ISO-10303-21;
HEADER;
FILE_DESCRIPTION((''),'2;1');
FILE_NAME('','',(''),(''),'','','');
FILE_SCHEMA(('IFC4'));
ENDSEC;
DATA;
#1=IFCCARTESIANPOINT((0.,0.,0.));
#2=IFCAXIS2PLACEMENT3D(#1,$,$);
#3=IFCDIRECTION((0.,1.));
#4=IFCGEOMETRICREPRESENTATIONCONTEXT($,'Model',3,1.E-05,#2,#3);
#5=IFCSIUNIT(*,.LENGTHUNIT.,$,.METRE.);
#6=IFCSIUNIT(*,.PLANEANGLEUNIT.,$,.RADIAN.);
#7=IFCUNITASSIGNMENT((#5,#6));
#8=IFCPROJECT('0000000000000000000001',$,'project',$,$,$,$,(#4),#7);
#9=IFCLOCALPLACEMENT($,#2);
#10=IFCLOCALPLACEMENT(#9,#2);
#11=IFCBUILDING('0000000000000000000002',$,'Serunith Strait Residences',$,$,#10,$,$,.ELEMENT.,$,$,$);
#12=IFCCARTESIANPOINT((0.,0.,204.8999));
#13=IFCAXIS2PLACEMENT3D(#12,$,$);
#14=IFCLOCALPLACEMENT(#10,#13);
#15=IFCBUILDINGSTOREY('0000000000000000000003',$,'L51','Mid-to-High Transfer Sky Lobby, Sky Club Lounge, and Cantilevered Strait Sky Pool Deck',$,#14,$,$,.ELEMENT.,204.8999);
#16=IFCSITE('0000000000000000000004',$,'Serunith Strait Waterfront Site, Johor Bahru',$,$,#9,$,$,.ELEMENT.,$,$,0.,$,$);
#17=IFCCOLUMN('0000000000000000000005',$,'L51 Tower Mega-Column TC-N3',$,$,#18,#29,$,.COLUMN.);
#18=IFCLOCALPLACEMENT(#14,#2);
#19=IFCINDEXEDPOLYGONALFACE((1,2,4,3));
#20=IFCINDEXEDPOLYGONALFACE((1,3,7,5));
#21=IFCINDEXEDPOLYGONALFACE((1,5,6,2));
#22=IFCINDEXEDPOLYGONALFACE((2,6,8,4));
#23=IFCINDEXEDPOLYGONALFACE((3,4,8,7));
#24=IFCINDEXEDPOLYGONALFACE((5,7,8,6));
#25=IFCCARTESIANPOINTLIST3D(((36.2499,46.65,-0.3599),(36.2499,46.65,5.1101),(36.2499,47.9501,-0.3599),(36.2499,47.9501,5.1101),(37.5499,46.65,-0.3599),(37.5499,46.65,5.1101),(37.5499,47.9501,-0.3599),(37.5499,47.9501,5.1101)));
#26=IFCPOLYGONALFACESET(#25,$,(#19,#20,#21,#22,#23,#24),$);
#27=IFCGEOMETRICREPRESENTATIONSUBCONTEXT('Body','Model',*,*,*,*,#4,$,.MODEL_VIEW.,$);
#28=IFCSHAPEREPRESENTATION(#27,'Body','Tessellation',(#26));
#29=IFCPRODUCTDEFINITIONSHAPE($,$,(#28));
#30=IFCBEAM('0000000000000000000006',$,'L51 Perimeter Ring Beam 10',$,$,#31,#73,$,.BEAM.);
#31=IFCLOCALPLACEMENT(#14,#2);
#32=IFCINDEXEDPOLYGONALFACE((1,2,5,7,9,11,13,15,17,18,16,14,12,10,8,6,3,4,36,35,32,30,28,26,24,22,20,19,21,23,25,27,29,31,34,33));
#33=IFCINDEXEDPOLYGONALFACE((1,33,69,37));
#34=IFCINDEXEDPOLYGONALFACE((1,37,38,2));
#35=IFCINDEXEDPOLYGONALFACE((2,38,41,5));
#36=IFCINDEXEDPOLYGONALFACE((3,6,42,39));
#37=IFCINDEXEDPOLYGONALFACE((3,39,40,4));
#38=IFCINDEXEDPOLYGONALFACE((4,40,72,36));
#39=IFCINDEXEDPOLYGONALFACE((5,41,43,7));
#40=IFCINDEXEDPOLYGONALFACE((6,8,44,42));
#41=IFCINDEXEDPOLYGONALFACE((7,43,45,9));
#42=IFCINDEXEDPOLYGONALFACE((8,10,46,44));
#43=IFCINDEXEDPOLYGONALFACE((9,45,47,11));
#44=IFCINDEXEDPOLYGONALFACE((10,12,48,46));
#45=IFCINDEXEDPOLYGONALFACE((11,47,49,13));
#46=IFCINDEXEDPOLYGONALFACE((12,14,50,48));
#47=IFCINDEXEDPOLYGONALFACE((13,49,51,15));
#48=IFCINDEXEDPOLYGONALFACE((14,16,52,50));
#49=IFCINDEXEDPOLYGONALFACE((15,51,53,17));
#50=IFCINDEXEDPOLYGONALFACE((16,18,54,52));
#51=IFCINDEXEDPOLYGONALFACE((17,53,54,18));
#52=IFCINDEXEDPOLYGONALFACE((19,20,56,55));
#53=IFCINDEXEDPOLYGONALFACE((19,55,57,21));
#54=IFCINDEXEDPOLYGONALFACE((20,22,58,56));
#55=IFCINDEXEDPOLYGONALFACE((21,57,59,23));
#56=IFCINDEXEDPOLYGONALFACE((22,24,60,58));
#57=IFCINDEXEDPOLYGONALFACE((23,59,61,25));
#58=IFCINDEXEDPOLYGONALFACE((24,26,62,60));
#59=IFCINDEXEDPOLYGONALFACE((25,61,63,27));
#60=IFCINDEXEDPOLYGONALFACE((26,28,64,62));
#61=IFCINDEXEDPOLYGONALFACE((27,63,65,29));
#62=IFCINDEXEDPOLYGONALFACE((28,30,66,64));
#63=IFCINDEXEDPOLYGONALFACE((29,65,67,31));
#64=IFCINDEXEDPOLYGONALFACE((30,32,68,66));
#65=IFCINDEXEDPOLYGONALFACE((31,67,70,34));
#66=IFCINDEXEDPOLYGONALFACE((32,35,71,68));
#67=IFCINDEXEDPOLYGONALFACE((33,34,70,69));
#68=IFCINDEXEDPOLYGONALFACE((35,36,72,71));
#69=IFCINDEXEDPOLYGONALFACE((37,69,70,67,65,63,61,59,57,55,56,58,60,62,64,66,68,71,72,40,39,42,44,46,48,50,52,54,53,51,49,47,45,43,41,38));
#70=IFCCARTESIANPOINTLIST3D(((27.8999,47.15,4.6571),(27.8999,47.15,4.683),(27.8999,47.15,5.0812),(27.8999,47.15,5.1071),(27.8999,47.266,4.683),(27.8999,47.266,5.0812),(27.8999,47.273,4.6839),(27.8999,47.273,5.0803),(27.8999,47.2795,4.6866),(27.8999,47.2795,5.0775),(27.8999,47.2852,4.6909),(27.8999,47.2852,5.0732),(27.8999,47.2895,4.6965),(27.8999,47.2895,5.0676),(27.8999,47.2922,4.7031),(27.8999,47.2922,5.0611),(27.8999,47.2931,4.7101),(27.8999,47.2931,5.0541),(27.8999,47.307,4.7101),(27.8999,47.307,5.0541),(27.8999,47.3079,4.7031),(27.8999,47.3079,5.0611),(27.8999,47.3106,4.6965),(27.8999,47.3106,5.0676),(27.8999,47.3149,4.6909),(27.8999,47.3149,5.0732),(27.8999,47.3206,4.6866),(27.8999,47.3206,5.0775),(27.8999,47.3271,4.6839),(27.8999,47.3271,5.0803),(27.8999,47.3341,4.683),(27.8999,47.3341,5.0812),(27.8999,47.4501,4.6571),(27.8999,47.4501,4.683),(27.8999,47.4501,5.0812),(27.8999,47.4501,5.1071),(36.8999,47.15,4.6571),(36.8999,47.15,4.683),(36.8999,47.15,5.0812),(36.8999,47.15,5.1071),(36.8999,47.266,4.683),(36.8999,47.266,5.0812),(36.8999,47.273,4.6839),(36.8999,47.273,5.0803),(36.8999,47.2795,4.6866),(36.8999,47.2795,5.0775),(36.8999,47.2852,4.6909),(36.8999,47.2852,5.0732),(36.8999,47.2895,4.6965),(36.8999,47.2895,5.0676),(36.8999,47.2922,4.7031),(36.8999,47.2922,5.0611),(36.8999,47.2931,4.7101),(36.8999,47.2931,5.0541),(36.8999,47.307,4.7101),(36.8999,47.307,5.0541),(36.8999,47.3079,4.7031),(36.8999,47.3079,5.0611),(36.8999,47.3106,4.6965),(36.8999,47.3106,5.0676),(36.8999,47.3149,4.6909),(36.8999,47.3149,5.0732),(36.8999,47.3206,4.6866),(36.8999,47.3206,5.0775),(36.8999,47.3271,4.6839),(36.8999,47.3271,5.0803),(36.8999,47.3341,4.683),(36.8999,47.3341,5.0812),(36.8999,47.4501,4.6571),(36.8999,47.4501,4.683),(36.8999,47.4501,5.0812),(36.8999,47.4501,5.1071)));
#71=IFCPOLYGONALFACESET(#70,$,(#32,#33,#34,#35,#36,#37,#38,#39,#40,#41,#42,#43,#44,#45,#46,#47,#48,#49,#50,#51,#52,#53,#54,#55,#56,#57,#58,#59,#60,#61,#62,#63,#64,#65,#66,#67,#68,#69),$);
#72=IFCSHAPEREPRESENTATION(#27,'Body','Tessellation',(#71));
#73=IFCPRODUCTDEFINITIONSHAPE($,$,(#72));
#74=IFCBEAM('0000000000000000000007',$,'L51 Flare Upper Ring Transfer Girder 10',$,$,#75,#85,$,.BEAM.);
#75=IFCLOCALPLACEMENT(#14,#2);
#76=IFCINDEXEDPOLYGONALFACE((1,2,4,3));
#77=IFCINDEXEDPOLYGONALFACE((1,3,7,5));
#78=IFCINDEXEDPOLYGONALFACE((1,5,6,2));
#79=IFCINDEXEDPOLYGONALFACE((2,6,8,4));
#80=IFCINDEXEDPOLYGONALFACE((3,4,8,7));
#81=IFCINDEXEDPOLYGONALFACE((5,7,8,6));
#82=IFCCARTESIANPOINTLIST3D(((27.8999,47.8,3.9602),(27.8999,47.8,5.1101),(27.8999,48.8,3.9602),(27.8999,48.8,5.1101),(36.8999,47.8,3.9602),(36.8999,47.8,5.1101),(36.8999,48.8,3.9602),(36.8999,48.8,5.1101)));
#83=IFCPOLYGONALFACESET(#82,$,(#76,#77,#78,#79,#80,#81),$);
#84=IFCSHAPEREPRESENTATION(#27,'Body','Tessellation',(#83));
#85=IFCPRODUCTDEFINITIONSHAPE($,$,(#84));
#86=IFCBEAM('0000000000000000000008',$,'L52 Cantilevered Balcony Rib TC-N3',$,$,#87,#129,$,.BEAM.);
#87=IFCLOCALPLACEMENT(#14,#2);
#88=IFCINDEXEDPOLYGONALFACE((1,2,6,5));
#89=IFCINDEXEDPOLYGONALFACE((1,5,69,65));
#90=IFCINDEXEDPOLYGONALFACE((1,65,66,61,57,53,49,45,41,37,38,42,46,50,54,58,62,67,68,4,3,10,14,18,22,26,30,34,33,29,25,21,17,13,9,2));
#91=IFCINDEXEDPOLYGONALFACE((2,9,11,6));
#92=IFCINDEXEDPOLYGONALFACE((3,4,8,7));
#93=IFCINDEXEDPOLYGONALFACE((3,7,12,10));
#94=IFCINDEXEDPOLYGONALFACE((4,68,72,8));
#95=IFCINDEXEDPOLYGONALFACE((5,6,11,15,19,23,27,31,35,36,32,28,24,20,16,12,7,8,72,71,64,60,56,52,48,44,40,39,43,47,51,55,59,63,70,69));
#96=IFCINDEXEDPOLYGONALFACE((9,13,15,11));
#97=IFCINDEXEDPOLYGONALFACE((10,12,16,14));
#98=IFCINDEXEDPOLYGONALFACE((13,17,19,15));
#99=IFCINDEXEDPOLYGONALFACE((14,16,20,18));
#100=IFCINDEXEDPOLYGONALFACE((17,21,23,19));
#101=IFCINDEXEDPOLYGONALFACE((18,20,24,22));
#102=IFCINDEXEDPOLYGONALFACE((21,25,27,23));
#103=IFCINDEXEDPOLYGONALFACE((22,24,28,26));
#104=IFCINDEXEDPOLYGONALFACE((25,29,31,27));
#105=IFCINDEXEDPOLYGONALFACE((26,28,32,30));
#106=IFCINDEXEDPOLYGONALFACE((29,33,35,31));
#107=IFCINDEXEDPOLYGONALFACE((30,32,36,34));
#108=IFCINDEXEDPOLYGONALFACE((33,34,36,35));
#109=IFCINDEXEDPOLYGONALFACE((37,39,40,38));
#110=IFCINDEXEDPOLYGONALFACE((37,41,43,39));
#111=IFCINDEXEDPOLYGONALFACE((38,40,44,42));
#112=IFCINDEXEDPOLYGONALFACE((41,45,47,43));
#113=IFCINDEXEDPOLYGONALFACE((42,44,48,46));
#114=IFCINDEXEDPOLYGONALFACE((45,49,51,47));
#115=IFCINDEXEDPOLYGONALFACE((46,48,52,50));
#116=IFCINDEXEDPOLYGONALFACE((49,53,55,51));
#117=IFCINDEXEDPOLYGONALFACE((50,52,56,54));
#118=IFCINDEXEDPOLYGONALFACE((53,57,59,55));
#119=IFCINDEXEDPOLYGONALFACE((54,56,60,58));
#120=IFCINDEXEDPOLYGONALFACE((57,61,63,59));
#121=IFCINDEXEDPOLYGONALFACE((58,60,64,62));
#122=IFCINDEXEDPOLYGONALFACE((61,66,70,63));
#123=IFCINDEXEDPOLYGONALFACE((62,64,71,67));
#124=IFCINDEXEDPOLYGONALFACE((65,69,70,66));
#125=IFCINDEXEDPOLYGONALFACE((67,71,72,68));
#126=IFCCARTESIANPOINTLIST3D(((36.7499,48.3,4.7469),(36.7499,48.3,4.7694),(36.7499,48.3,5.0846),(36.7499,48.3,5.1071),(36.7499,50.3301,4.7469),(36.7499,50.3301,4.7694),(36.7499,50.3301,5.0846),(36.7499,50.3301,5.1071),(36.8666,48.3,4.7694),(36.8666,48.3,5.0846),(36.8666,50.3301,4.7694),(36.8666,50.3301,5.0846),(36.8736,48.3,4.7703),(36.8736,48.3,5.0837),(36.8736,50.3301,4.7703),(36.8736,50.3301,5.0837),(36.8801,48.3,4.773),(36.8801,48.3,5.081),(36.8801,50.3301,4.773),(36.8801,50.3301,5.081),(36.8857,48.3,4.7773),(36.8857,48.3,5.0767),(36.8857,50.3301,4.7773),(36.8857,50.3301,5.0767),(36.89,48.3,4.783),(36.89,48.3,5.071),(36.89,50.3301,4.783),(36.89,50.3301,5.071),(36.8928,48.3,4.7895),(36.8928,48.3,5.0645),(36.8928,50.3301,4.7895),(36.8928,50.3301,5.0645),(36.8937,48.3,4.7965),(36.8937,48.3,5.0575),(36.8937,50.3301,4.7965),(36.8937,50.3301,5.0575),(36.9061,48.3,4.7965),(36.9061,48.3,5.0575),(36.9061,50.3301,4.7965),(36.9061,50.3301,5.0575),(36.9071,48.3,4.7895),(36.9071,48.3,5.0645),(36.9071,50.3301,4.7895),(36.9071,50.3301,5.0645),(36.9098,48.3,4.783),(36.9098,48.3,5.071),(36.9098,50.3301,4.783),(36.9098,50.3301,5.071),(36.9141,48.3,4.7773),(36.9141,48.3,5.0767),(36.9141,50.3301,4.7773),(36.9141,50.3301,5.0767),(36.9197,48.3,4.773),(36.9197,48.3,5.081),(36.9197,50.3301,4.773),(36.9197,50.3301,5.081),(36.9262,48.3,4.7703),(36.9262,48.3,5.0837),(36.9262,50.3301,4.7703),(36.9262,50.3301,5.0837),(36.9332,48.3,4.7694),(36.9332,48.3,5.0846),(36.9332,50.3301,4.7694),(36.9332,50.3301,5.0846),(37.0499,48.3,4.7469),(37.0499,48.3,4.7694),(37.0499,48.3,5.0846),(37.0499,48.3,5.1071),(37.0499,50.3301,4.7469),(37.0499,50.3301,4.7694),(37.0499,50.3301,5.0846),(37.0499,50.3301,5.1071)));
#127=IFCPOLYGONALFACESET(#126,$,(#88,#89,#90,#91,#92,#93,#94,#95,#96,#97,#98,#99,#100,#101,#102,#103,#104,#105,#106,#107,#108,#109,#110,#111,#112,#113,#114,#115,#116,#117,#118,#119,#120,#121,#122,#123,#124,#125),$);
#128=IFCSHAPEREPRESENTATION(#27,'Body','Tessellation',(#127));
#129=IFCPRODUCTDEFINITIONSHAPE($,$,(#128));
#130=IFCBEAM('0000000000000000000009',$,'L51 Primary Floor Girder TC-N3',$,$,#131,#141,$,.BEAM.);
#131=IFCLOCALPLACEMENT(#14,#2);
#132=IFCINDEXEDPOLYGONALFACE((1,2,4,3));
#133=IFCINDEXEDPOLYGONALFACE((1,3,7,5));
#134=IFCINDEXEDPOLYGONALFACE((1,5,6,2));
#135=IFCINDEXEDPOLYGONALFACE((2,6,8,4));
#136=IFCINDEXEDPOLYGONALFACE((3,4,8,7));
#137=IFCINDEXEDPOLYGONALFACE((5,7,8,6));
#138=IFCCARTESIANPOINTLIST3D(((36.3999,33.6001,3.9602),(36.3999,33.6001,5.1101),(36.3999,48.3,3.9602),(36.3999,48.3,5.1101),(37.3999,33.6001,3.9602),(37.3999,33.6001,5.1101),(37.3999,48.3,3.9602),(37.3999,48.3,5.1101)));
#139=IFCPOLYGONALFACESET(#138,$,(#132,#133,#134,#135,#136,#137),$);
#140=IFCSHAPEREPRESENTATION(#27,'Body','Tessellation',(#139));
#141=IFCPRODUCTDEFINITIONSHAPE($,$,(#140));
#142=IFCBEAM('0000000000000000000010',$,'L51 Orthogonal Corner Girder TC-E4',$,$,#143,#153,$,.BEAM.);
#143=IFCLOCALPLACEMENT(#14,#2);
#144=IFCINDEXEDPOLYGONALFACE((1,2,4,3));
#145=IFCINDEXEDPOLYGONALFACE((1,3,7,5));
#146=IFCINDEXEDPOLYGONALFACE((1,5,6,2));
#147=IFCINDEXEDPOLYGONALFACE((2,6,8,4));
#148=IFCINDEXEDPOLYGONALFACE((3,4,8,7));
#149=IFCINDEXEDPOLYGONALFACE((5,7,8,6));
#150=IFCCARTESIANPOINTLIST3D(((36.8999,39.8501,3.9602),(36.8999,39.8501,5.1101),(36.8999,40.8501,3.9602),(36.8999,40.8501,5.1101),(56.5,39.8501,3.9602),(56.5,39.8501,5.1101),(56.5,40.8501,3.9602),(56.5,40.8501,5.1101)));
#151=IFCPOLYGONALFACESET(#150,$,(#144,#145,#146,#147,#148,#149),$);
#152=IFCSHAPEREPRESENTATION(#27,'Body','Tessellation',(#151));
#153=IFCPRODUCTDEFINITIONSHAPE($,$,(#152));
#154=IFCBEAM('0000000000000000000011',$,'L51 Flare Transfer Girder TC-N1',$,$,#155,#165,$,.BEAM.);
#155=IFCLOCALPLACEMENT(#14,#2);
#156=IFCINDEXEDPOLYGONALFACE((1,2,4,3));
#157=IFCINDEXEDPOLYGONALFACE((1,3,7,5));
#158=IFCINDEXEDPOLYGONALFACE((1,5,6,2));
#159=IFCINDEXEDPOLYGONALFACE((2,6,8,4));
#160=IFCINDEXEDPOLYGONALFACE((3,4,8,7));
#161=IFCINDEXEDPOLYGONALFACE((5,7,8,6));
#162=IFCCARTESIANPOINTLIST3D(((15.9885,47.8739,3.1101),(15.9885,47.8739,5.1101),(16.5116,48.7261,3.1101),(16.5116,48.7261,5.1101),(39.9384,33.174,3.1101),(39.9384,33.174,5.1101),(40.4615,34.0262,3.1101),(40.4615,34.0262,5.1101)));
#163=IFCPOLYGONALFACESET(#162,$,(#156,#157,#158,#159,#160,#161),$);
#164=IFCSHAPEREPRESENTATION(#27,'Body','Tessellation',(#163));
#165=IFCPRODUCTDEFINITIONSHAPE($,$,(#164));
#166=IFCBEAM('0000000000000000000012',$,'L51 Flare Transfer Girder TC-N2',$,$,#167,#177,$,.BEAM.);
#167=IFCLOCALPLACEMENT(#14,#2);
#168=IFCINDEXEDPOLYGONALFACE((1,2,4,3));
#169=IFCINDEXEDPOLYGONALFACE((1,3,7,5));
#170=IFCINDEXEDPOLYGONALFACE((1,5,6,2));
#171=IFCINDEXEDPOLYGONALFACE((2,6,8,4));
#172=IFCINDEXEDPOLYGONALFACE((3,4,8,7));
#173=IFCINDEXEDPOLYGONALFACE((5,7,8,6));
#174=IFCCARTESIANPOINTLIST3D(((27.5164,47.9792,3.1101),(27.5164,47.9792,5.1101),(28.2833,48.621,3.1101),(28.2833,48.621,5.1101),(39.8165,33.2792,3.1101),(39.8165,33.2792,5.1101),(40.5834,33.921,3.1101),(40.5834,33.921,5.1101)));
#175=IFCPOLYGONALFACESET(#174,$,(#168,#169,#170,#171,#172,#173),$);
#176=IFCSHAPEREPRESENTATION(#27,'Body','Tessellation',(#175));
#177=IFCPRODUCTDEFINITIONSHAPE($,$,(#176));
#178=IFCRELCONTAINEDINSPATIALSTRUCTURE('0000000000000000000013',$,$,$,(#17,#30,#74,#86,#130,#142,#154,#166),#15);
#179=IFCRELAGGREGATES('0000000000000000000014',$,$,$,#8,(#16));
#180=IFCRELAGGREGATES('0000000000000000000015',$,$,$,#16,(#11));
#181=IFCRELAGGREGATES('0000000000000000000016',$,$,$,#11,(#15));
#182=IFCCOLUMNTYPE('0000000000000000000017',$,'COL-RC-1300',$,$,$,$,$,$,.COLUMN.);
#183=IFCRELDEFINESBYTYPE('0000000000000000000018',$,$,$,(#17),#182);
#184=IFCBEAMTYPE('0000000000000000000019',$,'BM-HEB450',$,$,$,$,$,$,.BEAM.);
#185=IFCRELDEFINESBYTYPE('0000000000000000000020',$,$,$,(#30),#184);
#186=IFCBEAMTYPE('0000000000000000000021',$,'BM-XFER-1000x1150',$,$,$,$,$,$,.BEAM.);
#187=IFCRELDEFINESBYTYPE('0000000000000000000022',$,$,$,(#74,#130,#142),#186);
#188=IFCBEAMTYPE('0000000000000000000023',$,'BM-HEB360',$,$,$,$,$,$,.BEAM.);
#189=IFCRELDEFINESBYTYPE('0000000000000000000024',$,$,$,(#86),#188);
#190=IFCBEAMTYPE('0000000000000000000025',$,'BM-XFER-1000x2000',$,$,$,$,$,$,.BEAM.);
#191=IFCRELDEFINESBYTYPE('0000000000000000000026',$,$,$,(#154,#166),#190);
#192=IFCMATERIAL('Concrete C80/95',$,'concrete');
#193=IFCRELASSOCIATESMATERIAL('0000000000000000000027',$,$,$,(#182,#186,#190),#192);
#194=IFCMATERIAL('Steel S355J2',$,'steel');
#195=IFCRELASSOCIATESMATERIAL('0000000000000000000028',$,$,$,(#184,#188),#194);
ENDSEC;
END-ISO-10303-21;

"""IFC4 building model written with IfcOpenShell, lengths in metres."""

from ifc_helpers import new_model, si_unit, direction, frame, origin, origin_2d, place, context, subcontext, project, spatial, rectangle, i_section, extrude, source, transform, mapped, material, material_profile, profile_set, type_object, element, save


model = new_model("IFC4")

# Units and contexts
model_context = context("Model", 3, precision=1e-05, world=origin(), true_north=direction((0.0, 1.0)))
body_context = subcontext(model_context, "Body", "Model", "MODEL_VIEW")
ifc_project = project(units=[si_unit("LENGTHUNIT", "METRE"), si_unit("PLANEANGLEUNIT", "RADIAN")], contexts=[model_context])

# Site, building, storey
site_placement = place(None, origin())
site = spatial("IfcSite", under=ifc_project, at=site_placement, Name="Serunith Strait Waterfront Site, Johor Bahru", CompositionType="ELEMENT", RefElevation=0.0)
building_placement = place(site_placement, origin())
building = spatial("IfcBuilding", under=site, at=building_placement, Name="Serunith Strait Residences", CompositionType="ELEMENT")
storey_placement = place(building_placement, frame((0.0, 0.0, 204.8999)))
storey = spatial("IfcBuildingStorey", under=building, at=storey_placement, Name="L51", Description="Mid-to-High Transfer Sky Lobby, Sky Club Lounge, and Cantilevered Strait Sky Pool Deck", CompositionType="ELEMENT", Elevation=204.8999)

# Column
ifc_material_1 = material(Name="Concrete C80/95", Category="concrete")
ifc_material_profile_1 = material_profile(ifc_material_1, rectangle(XDim=1.3, YDim=1.3, at=origin_2d()), Name="RC 1300x1300")
ifc_profile_set_1 = profile_set([ifc_material_profile_1], Name="Concrete C80/95")
column_type = type_object("IfcColumnType", Name="COL-RC-1300", PredefinedType="COLUMN", material=ifc_profile_set_1)
shared_shape_1 = source(origin(), body_context, "Body", "SweptSolid", [
    extrude(rectangle(XDim=1.3, YDim=1.3, at=origin_2d()), origin(), (0.0, 0.0, 1.0), 5.47),
])
column_placement = place(storey_placement, frame((36.8999, 47.3, -0.3599), z_axis=(0.0, 0.0, 1.0), x_axis=(1.0, 0.0, 0.0)))
element("IfcColumn", 1, at=column_placement, inside=storey, type_object=column_type, Name="L51 Tower Mega-Column TC-N3", PredefinedType="COLUMN", context=body_context, shape_type="MappedRepresentation", body=[
    mapped(shared_shape_1, transform((0.0, 0.0, 0.0), scale=1.0)),
])

# Beams
ifc_material_2 = material(Name="Steel S355J2", Category="steel")
ifc_material_profile_2 = material_profile(ifc_material_2, i_section(OverallWidth=0.3, OverallDepth=0.45, WebThickness=0.0139, FlangeThickness=0.0259, FilletRadius=0.0271, at=origin_2d()), Name="HEB 450")
ifc_profile_set_2 = profile_set([ifc_material_profile_2], Name="Steel S355J2")
beam_type_1 = type_object("IfcBeamType", Name="BM-HEB450", PredefinedType="BEAM", material=ifc_profile_set_2)
shared_shape_2 = source(origin(), body_context, "Body", "SweptSolid", [
    extrude(i_section(OverallWidth=0.3, OverallDepth=0.45, WebThickness=0.0139, FlangeThickness=0.0259, FilletRadius=0.0271, at=origin_2d()), origin(), (0.0, 0.0, 1.0), 9.0),
])
beam_1_placement = place(storey_placement, frame((36.8999, 47.3, 4.8821), z_axis=(-1.0, 0.0, 0.0), x_axis=(0.0, -1.0, 0.0)))
element("IfcBeam", 2, at=beam_1_placement, inside=storey, type_object=beam_type_1, Name="L51 Perimeter Ring Beam 10", PredefinedType="BEAM", context=body_context, shape_type="MappedRepresentation", body=[
    mapped(shared_shape_2, transform((0.0, 0.0, 0.0), scale=1.0)),
])
ifc_material_profile_3 = material_profile(ifc_material_1, rectangle(XDim=1.0, YDim=1.1499, at=origin_2d()), Name="RC 1000x1150")
ifc_profile_set_3 = profile_set([ifc_material_profile_3], Name="Concrete C80/95")
beam_type_2 = type_object("IfcBeamType", Name="BM-XFER-1000x1150", PredefinedType="BEAM", material=ifc_profile_set_3)
shared_shape_3 = source(origin(), body_context, "Body", "SweptSolid", [
    extrude(rectangle(XDim=1.0, YDim=1.1499, at=origin_2d()), origin(), (0.0, 0.0, 1.0), 9.0),
])
beam_2_placement = place(storey_placement, frame((36.8999, 48.3, 4.5352), z_axis=(-1.0, 0.0, 0.0), x_axis=(0.0, -1.0, 0.0)))
element("IfcBeam", 3, at=beam_2_placement, inside=storey, type_object=beam_type_2, Name="L51 Flare Upper Ring Transfer Girder 10", PredefinedType="BEAM", context=body_context, shape_type="MappedRepresentation", body=[
    mapped(shared_shape_3, transform((0.0, 0.0, 0.0), scale=1.0)),
])
ifc_material_profile_4 = material_profile(ifc_material_2, i_section(OverallWidth=0.3, OverallDepth=0.3601, WebThickness=0.0125, FlangeThickness=0.0225, FilletRadius=0.0271, at=origin_2d()), Name="HEB 360")
ifc_profile_set_4 = profile_set([ifc_material_profile_4], Name="Steel S355J2")
beam_type_3 = type_object("IfcBeamType", Name="BM-HEB360", PredefinedType="BEAM", material=ifc_profile_set_4)
shared_shape_4 = source(origin(), body_context, "Body", "SweptSolid", [
    extrude(i_section(OverallWidth=0.3, OverallDepth=0.3601, WebThickness=0.0125, FlangeThickness=0.0225, FilletRadius=0.0271, at=origin_2d()), origin(), (0.0, 0.0, 1.0), 2.03),
])
beam_3_placement = place(storey_placement, frame((36.8999, 48.3, 4.927), z_axis=(0.0, 1.0, 0.0), x_axis=(-1.0, 0.0, 0.0)))
element("IfcBeam", 4, at=beam_3_placement, inside=storey, type_object=beam_type_3, Name="L52 Cantilevered Balcony Rib TC-N3", PredefinedType="BEAM", context=body_context, shape_type="MappedRepresentation", body=[
    mapped(shared_shape_4, transform((0.0, 0.0, 0.0), scale=1.0)),
])
shared_shape_5 = source(origin(), body_context, "Body", "SweptSolid", [
    extrude(rectangle(XDim=1.0, YDim=1.1499, at=origin_2d()), origin(), (0.0, 0.0, 1.0), 14.7),
])
beam_4_placement = place(storey_placement, frame((36.8999, 33.6001, 4.5352), z_axis=(0.0, 1.0, 0.0), x_axis=(-1.0, 0.0, 0.0)))
element("IfcBeam", 5, at=beam_4_placement, inside=storey, type_object=beam_type_2, Name="L51 Primary Floor Girder TC-N3", PredefinedType="BEAM", context=body_context, shape_type="MappedRepresentation", body=[
    mapped(shared_shape_5, transform((0.0, 0.0, 0.0), scale=1.0)),
])
shared_shape_6 = source(origin(), body_context, "Body", "SweptSolid", [
    extrude(rectangle(XDim=1.0, YDim=1.1499, at=origin_2d()), origin(), (0.0, 0.0, 1.0), 19.6001),
])
beam_5_placement = place(storey_placement, frame((36.8999, 40.3501, 4.5352), z_axis=(1.0, 0.0, 0.0), x_axis=(0.0, 1.0, 0.0)))
element("IfcBeam", 6, at=beam_5_placement, inside=storey, type_object=beam_type_2, Name="L51 Orthogonal Corner Girder TC-E4", PredefinedType="BEAM", context=body_context, shape_type="MappedRepresentation", body=[
    mapped(shared_shape_6, transform((0.0, 0.0, 0.0), scale=1.0)),
])
ifc_material_profile_5 = material_profile(ifc_material_1, rectangle(XDim=1.0, YDim=2.0, at=origin_2d()), Name="RC 1000x2000")
ifc_profile_set_5 = profile_set([ifc_material_profile_5], Name="Concrete C80/95")
beam_type_4 = type_object("IfcBeamType", Name="BM-XFER-1000x2000", PredefinedType="BEAM", material=ifc_profile_set_5)
shared_shape_7 = source(origin(), body_context, "Body", "SweptSolid", [
    extrude(rectangle(XDim=1.0, YDim=2.0, at=origin_2d()), origin(), (0.0, 0.0, 1.0), 28.1013),
])
beam_6_placement = place(storey_placement, frame((40.2, 33.6001, 4.1101), z_axis=(-0.852269, 0.523104, 0.0), x_axis=(-0.523104, -0.852269, 0.0)))
element("IfcBeam", 7, at=beam_6_placement, inside=storey, type_object=beam_type_4, Name="L51 Flare Transfer Girder TC-N1", PredefinedType="BEAM", context=body_context, shape_type="MappedRepresentation", body=[
    mapped(shared_shape_7, transform((0.0, 0.0, 0.0), scale=1.0)),
])
shared_shape_8 = source(origin(), body_context, "Body", "SweptSolid", [
    extrude(rectangle(XDim=1.0, YDim=2.0, at=origin_2d()), origin(), (0.0, 0.0, 1.0), 19.1672),
])
beam_7_placement = place(storey_placement, frame((40.2, 33.6001, 4.1101), z_axis=(-0.641725, 0.766935, 0.0), x_axis=(-0.766935, -0.641725, 0.0)))
element("IfcBeam", 8, at=beam_7_placement, inside=storey, type_object=beam_type_4, Name="L51 Flare Transfer Girder TC-N2", PredefinedType="BEAM", context=body_context, shape_type="MappedRepresentation", body=[
    mapped(shared_shape_8, transform((0.0, 0.0, 0.0), scale=1.0)),
])

save(model, "model.ifc")
